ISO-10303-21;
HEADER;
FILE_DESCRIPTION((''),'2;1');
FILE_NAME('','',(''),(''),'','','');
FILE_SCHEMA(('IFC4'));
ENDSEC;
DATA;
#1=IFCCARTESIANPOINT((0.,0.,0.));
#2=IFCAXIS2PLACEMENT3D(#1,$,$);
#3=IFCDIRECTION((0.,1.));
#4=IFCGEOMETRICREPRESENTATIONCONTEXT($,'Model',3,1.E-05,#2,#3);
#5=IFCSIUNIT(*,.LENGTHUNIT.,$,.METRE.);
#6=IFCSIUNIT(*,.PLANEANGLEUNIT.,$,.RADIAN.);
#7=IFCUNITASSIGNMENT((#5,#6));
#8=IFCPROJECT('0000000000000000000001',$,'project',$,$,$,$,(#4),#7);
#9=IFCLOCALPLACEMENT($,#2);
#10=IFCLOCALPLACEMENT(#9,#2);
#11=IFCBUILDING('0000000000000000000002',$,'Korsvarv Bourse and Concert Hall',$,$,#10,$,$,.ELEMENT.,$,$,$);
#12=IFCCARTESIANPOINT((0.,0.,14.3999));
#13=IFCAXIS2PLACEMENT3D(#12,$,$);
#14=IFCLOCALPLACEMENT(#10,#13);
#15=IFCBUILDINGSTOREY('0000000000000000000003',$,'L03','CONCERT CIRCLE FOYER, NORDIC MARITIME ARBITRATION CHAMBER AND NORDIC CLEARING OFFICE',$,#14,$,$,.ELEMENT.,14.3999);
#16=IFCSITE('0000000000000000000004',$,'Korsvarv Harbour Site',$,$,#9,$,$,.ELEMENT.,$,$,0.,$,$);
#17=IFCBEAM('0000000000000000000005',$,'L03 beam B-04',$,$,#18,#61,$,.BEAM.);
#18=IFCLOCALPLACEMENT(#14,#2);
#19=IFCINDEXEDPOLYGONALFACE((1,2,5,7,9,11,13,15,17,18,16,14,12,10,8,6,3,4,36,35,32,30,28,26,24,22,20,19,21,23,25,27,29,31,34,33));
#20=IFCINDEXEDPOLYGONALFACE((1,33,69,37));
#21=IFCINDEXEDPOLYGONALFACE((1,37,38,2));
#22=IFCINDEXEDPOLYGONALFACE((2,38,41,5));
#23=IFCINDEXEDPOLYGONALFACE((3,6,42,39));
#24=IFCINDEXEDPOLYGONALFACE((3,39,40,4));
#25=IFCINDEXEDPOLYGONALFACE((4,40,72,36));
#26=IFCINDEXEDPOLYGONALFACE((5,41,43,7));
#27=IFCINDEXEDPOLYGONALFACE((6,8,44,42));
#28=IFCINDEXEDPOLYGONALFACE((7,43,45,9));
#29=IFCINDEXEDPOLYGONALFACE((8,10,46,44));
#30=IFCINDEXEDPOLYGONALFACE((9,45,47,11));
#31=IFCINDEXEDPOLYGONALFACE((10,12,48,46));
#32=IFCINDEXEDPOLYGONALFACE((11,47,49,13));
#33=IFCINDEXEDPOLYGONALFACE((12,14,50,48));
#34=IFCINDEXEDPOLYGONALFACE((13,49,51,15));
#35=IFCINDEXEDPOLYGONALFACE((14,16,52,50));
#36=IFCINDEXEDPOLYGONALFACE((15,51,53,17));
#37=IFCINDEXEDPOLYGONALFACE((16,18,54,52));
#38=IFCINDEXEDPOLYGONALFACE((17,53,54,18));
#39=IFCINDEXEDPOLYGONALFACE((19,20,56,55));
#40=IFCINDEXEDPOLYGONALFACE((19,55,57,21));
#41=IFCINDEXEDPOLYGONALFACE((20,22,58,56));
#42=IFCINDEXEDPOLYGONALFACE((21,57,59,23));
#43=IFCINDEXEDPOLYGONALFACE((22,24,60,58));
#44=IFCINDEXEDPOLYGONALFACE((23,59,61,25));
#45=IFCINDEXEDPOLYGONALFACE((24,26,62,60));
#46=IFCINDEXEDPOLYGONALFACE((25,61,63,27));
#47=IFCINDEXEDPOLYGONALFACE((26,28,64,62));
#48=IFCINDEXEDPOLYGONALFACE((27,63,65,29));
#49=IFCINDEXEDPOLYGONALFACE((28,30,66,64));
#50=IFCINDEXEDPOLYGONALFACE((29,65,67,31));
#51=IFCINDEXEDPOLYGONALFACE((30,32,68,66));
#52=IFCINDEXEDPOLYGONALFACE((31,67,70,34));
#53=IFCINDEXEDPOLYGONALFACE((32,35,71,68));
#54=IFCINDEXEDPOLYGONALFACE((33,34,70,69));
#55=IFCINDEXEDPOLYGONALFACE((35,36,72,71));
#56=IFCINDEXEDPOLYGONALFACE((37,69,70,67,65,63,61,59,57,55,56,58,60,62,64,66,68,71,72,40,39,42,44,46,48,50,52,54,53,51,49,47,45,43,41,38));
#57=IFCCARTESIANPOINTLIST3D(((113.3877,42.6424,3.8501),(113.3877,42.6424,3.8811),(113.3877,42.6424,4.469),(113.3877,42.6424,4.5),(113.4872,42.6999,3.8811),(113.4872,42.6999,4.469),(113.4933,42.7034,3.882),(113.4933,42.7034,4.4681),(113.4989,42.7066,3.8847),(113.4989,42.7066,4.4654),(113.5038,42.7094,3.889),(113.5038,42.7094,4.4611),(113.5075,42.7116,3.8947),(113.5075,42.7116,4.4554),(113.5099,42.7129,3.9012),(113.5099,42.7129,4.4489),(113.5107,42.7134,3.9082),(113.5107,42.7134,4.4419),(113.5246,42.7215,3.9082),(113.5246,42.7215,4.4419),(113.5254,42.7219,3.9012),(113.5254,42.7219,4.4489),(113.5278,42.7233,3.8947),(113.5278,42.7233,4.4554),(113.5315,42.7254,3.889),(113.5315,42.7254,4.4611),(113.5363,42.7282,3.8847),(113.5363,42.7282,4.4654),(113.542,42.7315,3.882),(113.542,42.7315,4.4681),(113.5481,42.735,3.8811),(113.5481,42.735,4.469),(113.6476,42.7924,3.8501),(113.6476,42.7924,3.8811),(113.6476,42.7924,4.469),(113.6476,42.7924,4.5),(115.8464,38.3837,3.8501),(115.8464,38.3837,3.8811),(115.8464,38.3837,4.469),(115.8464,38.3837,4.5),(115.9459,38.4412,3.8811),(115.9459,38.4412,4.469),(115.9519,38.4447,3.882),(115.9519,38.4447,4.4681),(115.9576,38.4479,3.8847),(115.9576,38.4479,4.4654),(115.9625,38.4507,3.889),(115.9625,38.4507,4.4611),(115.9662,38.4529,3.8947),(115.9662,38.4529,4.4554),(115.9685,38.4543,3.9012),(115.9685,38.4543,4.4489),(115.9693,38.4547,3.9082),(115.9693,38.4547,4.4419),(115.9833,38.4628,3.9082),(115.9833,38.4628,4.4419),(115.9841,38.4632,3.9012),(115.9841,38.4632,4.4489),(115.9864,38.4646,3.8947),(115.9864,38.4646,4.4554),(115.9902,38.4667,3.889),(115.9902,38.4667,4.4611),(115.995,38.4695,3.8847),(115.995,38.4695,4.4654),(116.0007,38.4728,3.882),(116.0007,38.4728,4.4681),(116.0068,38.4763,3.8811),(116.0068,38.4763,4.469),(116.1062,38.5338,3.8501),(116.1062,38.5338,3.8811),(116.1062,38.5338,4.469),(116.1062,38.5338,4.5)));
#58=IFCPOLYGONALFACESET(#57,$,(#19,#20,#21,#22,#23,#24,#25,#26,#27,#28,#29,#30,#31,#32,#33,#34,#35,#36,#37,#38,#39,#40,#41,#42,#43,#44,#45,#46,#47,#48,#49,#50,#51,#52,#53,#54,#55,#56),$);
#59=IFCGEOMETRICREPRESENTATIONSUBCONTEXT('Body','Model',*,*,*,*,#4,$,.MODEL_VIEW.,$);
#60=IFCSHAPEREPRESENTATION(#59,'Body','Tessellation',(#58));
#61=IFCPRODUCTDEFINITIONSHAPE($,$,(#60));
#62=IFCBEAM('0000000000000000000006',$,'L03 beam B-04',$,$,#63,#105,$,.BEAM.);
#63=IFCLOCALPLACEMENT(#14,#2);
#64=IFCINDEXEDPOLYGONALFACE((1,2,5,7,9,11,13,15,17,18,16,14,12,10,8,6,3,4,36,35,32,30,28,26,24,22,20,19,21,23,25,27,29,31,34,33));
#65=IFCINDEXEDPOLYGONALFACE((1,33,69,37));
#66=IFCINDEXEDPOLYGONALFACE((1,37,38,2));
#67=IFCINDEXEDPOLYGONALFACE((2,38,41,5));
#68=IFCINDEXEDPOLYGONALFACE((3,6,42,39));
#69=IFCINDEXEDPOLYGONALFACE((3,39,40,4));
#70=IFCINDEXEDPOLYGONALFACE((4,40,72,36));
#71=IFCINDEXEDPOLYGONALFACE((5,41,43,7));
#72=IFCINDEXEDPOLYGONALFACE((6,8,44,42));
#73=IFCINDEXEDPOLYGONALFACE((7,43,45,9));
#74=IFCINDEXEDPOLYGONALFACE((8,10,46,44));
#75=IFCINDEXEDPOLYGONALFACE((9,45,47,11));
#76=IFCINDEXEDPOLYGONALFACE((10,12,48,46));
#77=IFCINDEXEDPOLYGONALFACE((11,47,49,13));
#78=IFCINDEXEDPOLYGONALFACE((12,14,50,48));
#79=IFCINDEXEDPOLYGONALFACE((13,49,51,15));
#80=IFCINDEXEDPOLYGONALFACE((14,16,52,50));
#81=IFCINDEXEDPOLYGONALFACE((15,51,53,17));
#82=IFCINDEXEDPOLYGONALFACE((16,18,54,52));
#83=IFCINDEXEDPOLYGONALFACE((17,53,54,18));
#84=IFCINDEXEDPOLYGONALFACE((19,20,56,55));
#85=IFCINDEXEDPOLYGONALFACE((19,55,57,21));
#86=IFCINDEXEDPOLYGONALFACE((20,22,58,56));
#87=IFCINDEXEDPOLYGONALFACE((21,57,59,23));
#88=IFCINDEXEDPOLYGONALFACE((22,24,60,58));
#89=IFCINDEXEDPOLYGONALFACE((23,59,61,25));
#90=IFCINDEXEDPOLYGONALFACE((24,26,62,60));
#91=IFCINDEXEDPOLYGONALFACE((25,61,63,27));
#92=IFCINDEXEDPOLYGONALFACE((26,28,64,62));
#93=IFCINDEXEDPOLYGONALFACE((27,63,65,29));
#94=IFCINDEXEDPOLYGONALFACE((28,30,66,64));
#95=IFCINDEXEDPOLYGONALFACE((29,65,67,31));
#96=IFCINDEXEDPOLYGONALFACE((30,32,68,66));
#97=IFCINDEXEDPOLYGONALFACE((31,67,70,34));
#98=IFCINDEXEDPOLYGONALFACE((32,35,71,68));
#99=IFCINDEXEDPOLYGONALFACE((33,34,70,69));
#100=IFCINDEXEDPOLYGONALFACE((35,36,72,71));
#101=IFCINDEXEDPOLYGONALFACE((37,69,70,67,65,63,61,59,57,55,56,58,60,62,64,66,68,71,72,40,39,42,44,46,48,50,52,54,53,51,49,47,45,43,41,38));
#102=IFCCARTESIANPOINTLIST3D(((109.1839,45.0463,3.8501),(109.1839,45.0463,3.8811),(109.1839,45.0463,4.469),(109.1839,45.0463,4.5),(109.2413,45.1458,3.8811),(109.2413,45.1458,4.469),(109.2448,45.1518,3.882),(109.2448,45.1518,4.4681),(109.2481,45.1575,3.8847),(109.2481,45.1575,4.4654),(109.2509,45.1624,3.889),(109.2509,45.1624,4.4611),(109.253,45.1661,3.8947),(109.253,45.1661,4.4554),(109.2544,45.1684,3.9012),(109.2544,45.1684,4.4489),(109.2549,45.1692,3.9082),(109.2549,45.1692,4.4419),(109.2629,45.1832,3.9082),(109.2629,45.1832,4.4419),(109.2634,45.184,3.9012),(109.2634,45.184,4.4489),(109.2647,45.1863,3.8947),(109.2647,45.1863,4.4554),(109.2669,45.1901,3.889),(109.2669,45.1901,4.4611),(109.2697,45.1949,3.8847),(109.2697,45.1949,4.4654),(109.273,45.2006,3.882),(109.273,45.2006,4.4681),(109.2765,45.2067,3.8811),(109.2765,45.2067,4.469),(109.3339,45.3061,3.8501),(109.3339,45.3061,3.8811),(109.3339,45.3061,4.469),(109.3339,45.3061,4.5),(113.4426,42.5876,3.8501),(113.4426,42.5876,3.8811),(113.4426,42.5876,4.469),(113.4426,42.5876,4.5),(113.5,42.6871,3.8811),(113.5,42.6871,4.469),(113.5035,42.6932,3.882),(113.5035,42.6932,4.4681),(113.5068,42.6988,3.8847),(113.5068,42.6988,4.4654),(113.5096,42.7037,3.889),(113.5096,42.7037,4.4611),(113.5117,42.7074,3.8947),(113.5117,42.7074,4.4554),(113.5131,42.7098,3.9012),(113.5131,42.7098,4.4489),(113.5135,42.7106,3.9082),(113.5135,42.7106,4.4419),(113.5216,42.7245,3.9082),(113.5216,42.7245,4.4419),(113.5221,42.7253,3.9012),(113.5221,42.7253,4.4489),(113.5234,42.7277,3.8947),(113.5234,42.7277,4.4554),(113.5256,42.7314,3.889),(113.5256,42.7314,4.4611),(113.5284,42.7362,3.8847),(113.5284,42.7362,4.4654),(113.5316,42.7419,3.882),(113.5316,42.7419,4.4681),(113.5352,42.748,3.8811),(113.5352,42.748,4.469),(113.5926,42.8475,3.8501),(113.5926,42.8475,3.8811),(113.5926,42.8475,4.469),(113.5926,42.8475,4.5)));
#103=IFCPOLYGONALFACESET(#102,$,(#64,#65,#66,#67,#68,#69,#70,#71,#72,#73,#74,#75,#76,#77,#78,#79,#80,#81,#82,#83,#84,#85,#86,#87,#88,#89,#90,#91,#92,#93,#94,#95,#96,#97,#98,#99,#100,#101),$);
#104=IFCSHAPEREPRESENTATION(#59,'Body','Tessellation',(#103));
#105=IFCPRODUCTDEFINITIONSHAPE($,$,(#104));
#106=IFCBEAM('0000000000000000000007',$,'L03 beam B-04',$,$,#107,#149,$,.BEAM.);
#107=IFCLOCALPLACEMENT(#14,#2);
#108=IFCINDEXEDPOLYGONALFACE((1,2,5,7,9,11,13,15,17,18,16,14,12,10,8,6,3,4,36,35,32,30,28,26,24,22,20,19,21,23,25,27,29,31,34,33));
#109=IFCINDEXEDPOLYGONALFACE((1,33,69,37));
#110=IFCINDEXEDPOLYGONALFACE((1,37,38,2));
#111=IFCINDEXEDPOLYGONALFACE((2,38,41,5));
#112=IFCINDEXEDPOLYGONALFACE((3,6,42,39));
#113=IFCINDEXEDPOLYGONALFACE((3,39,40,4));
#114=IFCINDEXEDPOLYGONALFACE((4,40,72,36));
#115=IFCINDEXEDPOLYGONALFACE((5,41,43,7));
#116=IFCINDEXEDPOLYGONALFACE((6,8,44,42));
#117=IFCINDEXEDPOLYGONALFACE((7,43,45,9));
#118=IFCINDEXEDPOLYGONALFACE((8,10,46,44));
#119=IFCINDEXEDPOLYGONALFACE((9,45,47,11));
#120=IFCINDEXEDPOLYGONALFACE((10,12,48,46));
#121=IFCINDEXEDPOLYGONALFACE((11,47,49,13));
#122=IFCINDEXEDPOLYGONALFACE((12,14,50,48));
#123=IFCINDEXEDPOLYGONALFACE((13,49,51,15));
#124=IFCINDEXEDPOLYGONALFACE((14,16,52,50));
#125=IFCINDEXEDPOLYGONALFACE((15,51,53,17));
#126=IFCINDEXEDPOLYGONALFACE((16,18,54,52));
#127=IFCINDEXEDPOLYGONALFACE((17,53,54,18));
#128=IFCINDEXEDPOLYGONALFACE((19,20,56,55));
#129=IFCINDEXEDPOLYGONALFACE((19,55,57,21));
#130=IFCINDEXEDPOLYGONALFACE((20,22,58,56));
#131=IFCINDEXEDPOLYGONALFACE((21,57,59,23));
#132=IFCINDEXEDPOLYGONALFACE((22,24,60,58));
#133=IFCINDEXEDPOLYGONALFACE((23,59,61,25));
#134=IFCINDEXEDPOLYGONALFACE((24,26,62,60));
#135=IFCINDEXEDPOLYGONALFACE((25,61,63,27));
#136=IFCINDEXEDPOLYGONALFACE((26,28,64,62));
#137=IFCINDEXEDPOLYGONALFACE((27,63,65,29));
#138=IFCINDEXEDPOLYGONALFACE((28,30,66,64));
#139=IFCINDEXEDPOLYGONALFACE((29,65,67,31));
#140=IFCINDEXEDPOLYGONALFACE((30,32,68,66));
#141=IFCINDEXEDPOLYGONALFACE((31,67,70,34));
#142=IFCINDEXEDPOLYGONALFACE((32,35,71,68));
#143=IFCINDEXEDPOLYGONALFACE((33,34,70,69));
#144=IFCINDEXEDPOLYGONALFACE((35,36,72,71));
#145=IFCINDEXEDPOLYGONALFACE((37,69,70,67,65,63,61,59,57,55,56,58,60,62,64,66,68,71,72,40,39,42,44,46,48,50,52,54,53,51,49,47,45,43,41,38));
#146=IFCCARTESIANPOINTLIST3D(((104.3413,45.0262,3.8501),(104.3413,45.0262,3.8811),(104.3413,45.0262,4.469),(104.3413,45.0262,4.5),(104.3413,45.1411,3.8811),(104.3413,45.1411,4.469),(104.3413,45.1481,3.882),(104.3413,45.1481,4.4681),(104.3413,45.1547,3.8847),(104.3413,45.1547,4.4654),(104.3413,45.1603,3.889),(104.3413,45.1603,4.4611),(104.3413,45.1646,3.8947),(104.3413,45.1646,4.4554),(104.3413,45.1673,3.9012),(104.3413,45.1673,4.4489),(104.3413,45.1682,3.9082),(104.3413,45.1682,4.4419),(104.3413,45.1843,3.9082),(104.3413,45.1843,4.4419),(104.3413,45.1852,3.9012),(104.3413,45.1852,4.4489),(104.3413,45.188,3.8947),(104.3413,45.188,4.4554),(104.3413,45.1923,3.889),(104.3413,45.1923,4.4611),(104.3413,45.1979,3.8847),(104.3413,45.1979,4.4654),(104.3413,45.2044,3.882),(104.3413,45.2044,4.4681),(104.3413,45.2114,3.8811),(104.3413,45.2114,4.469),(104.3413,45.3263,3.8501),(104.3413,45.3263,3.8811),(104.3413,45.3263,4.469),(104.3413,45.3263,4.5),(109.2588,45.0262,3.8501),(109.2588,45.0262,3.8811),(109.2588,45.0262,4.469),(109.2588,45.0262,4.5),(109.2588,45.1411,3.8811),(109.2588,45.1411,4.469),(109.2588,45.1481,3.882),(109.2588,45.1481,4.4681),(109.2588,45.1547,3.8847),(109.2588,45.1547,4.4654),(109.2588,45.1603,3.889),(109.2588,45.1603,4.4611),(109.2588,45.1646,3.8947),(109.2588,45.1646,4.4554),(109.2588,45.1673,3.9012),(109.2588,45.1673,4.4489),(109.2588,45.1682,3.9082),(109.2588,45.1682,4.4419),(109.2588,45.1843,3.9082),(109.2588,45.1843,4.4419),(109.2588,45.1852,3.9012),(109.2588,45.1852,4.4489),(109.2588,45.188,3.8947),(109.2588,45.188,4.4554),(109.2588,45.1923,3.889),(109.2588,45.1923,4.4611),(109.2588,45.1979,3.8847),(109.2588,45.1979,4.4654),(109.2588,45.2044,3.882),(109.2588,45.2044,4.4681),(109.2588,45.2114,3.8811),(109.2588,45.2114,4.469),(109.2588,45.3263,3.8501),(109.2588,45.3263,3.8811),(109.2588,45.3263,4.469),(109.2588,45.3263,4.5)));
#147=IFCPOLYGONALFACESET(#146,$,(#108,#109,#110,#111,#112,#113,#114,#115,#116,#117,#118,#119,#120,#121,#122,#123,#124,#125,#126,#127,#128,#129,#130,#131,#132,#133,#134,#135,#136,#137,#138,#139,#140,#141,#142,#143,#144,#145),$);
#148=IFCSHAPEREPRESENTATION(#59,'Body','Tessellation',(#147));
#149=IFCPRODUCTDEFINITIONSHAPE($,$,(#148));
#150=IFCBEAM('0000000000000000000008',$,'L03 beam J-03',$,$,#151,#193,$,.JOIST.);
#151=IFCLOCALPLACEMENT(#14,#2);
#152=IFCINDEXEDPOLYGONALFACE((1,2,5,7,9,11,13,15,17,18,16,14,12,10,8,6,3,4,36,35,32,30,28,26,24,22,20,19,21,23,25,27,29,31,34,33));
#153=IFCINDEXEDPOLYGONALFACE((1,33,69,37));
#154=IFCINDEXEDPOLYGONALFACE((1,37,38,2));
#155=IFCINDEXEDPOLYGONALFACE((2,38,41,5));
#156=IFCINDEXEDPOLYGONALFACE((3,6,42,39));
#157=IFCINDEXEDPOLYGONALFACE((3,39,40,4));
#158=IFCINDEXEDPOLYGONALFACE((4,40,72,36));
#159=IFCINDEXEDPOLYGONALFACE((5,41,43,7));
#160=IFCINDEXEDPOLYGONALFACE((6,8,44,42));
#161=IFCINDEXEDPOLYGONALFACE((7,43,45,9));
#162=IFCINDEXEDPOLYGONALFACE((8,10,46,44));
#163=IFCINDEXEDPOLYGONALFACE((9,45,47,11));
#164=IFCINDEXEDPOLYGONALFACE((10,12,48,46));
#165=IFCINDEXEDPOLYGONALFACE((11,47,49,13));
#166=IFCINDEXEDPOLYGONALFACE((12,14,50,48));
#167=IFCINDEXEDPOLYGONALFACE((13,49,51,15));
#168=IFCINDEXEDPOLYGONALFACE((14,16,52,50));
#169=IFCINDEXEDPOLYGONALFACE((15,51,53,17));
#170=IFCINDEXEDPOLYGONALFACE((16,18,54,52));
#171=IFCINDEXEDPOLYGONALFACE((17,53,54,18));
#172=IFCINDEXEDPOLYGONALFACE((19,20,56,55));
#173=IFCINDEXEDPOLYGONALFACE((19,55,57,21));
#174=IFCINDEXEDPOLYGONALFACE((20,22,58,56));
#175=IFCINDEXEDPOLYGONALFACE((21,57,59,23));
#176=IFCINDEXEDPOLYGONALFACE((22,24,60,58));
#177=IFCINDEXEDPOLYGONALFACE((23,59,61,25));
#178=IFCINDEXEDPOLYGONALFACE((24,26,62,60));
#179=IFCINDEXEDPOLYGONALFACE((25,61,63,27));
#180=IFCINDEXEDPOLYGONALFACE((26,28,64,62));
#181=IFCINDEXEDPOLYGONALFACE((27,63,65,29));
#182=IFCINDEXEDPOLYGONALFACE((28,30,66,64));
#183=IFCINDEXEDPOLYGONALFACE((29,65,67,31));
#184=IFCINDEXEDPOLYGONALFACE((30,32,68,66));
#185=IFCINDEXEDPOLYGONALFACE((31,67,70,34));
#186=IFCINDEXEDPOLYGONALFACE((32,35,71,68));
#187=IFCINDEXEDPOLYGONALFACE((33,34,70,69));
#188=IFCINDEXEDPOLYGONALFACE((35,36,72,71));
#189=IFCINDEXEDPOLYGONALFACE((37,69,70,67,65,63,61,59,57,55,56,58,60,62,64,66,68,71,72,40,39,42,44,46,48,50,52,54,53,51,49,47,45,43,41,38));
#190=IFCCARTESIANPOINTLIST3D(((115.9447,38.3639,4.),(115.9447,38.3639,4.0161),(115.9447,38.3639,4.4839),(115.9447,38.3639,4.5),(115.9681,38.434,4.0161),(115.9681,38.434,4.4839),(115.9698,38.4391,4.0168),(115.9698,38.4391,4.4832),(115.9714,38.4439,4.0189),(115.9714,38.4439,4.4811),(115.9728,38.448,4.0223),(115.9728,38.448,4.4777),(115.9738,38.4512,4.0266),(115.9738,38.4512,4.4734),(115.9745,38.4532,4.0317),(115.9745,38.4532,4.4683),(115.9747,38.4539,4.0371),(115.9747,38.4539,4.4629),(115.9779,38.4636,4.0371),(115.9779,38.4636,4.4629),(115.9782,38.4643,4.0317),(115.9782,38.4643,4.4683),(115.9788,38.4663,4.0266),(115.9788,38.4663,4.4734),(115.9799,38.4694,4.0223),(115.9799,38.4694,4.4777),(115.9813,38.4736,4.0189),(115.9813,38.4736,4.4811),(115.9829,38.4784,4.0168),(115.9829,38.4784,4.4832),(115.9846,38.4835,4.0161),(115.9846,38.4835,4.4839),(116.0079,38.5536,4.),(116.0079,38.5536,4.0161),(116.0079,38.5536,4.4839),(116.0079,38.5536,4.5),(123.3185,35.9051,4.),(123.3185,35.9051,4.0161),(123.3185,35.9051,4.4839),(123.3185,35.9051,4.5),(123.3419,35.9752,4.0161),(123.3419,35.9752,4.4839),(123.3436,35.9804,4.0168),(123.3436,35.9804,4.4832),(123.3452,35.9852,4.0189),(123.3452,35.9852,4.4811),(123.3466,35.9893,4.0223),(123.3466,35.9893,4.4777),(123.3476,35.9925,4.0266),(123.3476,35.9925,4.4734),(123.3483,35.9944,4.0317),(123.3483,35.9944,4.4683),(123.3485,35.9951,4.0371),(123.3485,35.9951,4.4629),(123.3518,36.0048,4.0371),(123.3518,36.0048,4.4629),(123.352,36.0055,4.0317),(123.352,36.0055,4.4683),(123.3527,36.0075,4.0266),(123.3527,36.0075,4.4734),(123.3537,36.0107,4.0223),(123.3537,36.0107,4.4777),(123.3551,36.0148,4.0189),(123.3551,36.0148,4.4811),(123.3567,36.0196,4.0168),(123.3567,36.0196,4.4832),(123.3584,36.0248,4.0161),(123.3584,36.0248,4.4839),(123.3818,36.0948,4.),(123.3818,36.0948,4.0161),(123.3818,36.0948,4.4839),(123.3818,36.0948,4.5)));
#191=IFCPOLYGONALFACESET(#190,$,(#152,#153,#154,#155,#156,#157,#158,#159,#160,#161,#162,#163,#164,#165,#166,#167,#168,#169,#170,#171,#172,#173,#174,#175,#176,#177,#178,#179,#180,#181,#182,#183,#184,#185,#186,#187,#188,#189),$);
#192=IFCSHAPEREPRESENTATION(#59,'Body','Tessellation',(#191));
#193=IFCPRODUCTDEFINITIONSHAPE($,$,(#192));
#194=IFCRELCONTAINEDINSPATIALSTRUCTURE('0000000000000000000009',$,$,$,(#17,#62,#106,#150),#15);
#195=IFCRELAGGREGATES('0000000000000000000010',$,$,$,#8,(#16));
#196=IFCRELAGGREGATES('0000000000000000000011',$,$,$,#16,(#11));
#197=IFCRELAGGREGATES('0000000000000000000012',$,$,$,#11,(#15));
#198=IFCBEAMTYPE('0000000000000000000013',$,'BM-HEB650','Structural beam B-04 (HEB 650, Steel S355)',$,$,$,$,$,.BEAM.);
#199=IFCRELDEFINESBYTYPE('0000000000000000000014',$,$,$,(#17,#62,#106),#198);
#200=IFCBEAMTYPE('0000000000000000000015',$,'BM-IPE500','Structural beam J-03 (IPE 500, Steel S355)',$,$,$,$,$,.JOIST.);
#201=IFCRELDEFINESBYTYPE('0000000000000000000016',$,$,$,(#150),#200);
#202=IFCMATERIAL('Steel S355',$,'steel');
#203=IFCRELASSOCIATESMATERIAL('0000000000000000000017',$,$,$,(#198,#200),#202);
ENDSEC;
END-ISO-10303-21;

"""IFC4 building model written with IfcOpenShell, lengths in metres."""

from ifc_helpers import new_model, si_unit, direction, frame, origin, origin_2d, place, context, subcontext, project, spatial, i_section, extrude, source, transform, mapped, material, material_profile, profile_set, type_object, element, save


model = new_model("IFC4")

# Units and contexts
model_context = context("Model", 3, precision=1e-05, world=origin(), true_north=direction((0.0, 1.0)))
body_context = subcontext(model_context, "Body", "Model", "MODEL_VIEW")
ifc_project = project(units=[si_unit("LENGTHUNIT", "METRE"), si_unit("PLANEANGLEUNIT", "RADIAN")], contexts=[model_context])

# Site, building, storey
site_placement = place(None, origin())
site = spatial("IfcSite", under=ifc_project, at=site_placement, Name="Korsvarv Harbour Site", CompositionType="ELEMENT", RefElevation=0.0)
building_placement = place(site_placement, origin())
building = spatial("IfcBuilding", under=site, at=building_placement, Name="Korsvarv Bourse and Concert Hall", CompositionType="ELEMENT")
storey_placement = place(building_placement, frame((0.0, 0.0, 14.3999)))
storey = spatial("IfcBuildingStorey", under=building, at=storey_placement, Name="L03", Description="CONCERT CIRCLE FOYER, NORDIC MARITIME ARBITRATION CHAMBER AND NORDIC CLEARING OFFICE", CompositionType="ELEMENT", Elevation=14.3999)

# Beams
ifc_material_1 = material(Name="Steel S355", Category="steel")
ifc_material_profile_1 = material_profile(ifc_material_1, i_section(OverallWidth=0.3, OverallDepth=0.6499, WebThickness=0.0161, FlangeThickness=0.031, FilletRadius=0.0271, at=origin_2d()), Name="HEB 650")
ifc_profile_set_1 = profile_set([ifc_material_profile_1], Name="Steel S355")
beam_type_1 = type_object("IfcBeamType", Name="BM-HEB650", Description="Structural beam B-04 (HEB 650, Steel S355)", PredefinedType="BEAM", material=ifc_profile_set_1)
shared_shape_1 = source(origin(), body_context, "Body", "SweptSolid", [
    extrude(i_section(OverallWidth=0.3, OverallDepth=0.6499, WebThickness=0.0161, FlangeThickness=0.031, FilletRadius=0.0271, at=origin_2d()), origin(), (0.0, 0.0, 1.0), 4.9175),
])
for number, where, z_axis, x_axis, name in (
    (1, (115.9763, 38.4587, 4.175), (-0.499989, 0.866032, 0.0), (-0.866032, -0.499989, 0.0), "L03 beam B-04"),
    (2, (113.5176, 42.7175, 4.175), (-0.866032, 0.499989, 0.0), (-0.499989, -0.866032, 0.0), "L03 beam B-04"),
    (3, (109.2588, 45.1763, 4.175), (-1.0, 0.0, 0.0), (0.0, -1.0, 0.0), "L03 beam B-04"),
):
    element("IfcBeam", number, at=place(storey_placement, frame(where, z_axis=z_axis, x_axis=x_axis)), inside=storey, type_object=beam_type_1, Name=name, PredefinedType="BEAM", context=body_context, shape_type="MappedRepresentation", body=[
        mapped(shared_shape_1, transform((0.0, 0.0, 0.0), scale=1.0)),
    ])
ifc_material_profile_2 = material_profile(ifc_material_1, i_section(OverallWidth=0.2, OverallDepth=0.5, WebThickness=0.0103, FlangeThickness=0.0161, FilletRadius=0.021, at=origin_2d()), Name="IPE 500")
ifc_profile_set_2 = profile_set([ifc_material_profile_2], Name="Steel S355")
beam_type_2 = type_object("IfcBeamType", Name="BM-IPE500", Description="Structural beam J-03 (IPE 500, Steel S355)", PredefinedType="JOIST", material=ifc_profile_set_2)
shared_shape_2 = source(origin(), body_context, "Body", "SweptSolid", [
    extrude(i_section(OverallWidth=0.2, OverallDepth=0.5, WebThickness=0.0103, FlangeThickness=0.0161, FilletRadius=0.021, at=origin_2d()), origin(), (0.0, 0.0, 1.0), 7.7729),
])
beam_1_placement = place(storey_placement, frame((115.9763, 38.4587, 4.25), z_axis=(0.948652, -0.316322, 0.0), x_axis=(0.316322, 0.948652, 0.0)))
element("IfcBeam", 4, at=beam_1_placement, inside=storey, type_object=beam_type_2, Name="L03 beam J-03", PredefinedType="JOIST", context=body_context, shape_type="MappedRepresentation", body=[
    mapped(shared_shape_2, transform((0.0, 0.0, 0.0), scale=1.0)),
])

save(model, "model.ifc")
